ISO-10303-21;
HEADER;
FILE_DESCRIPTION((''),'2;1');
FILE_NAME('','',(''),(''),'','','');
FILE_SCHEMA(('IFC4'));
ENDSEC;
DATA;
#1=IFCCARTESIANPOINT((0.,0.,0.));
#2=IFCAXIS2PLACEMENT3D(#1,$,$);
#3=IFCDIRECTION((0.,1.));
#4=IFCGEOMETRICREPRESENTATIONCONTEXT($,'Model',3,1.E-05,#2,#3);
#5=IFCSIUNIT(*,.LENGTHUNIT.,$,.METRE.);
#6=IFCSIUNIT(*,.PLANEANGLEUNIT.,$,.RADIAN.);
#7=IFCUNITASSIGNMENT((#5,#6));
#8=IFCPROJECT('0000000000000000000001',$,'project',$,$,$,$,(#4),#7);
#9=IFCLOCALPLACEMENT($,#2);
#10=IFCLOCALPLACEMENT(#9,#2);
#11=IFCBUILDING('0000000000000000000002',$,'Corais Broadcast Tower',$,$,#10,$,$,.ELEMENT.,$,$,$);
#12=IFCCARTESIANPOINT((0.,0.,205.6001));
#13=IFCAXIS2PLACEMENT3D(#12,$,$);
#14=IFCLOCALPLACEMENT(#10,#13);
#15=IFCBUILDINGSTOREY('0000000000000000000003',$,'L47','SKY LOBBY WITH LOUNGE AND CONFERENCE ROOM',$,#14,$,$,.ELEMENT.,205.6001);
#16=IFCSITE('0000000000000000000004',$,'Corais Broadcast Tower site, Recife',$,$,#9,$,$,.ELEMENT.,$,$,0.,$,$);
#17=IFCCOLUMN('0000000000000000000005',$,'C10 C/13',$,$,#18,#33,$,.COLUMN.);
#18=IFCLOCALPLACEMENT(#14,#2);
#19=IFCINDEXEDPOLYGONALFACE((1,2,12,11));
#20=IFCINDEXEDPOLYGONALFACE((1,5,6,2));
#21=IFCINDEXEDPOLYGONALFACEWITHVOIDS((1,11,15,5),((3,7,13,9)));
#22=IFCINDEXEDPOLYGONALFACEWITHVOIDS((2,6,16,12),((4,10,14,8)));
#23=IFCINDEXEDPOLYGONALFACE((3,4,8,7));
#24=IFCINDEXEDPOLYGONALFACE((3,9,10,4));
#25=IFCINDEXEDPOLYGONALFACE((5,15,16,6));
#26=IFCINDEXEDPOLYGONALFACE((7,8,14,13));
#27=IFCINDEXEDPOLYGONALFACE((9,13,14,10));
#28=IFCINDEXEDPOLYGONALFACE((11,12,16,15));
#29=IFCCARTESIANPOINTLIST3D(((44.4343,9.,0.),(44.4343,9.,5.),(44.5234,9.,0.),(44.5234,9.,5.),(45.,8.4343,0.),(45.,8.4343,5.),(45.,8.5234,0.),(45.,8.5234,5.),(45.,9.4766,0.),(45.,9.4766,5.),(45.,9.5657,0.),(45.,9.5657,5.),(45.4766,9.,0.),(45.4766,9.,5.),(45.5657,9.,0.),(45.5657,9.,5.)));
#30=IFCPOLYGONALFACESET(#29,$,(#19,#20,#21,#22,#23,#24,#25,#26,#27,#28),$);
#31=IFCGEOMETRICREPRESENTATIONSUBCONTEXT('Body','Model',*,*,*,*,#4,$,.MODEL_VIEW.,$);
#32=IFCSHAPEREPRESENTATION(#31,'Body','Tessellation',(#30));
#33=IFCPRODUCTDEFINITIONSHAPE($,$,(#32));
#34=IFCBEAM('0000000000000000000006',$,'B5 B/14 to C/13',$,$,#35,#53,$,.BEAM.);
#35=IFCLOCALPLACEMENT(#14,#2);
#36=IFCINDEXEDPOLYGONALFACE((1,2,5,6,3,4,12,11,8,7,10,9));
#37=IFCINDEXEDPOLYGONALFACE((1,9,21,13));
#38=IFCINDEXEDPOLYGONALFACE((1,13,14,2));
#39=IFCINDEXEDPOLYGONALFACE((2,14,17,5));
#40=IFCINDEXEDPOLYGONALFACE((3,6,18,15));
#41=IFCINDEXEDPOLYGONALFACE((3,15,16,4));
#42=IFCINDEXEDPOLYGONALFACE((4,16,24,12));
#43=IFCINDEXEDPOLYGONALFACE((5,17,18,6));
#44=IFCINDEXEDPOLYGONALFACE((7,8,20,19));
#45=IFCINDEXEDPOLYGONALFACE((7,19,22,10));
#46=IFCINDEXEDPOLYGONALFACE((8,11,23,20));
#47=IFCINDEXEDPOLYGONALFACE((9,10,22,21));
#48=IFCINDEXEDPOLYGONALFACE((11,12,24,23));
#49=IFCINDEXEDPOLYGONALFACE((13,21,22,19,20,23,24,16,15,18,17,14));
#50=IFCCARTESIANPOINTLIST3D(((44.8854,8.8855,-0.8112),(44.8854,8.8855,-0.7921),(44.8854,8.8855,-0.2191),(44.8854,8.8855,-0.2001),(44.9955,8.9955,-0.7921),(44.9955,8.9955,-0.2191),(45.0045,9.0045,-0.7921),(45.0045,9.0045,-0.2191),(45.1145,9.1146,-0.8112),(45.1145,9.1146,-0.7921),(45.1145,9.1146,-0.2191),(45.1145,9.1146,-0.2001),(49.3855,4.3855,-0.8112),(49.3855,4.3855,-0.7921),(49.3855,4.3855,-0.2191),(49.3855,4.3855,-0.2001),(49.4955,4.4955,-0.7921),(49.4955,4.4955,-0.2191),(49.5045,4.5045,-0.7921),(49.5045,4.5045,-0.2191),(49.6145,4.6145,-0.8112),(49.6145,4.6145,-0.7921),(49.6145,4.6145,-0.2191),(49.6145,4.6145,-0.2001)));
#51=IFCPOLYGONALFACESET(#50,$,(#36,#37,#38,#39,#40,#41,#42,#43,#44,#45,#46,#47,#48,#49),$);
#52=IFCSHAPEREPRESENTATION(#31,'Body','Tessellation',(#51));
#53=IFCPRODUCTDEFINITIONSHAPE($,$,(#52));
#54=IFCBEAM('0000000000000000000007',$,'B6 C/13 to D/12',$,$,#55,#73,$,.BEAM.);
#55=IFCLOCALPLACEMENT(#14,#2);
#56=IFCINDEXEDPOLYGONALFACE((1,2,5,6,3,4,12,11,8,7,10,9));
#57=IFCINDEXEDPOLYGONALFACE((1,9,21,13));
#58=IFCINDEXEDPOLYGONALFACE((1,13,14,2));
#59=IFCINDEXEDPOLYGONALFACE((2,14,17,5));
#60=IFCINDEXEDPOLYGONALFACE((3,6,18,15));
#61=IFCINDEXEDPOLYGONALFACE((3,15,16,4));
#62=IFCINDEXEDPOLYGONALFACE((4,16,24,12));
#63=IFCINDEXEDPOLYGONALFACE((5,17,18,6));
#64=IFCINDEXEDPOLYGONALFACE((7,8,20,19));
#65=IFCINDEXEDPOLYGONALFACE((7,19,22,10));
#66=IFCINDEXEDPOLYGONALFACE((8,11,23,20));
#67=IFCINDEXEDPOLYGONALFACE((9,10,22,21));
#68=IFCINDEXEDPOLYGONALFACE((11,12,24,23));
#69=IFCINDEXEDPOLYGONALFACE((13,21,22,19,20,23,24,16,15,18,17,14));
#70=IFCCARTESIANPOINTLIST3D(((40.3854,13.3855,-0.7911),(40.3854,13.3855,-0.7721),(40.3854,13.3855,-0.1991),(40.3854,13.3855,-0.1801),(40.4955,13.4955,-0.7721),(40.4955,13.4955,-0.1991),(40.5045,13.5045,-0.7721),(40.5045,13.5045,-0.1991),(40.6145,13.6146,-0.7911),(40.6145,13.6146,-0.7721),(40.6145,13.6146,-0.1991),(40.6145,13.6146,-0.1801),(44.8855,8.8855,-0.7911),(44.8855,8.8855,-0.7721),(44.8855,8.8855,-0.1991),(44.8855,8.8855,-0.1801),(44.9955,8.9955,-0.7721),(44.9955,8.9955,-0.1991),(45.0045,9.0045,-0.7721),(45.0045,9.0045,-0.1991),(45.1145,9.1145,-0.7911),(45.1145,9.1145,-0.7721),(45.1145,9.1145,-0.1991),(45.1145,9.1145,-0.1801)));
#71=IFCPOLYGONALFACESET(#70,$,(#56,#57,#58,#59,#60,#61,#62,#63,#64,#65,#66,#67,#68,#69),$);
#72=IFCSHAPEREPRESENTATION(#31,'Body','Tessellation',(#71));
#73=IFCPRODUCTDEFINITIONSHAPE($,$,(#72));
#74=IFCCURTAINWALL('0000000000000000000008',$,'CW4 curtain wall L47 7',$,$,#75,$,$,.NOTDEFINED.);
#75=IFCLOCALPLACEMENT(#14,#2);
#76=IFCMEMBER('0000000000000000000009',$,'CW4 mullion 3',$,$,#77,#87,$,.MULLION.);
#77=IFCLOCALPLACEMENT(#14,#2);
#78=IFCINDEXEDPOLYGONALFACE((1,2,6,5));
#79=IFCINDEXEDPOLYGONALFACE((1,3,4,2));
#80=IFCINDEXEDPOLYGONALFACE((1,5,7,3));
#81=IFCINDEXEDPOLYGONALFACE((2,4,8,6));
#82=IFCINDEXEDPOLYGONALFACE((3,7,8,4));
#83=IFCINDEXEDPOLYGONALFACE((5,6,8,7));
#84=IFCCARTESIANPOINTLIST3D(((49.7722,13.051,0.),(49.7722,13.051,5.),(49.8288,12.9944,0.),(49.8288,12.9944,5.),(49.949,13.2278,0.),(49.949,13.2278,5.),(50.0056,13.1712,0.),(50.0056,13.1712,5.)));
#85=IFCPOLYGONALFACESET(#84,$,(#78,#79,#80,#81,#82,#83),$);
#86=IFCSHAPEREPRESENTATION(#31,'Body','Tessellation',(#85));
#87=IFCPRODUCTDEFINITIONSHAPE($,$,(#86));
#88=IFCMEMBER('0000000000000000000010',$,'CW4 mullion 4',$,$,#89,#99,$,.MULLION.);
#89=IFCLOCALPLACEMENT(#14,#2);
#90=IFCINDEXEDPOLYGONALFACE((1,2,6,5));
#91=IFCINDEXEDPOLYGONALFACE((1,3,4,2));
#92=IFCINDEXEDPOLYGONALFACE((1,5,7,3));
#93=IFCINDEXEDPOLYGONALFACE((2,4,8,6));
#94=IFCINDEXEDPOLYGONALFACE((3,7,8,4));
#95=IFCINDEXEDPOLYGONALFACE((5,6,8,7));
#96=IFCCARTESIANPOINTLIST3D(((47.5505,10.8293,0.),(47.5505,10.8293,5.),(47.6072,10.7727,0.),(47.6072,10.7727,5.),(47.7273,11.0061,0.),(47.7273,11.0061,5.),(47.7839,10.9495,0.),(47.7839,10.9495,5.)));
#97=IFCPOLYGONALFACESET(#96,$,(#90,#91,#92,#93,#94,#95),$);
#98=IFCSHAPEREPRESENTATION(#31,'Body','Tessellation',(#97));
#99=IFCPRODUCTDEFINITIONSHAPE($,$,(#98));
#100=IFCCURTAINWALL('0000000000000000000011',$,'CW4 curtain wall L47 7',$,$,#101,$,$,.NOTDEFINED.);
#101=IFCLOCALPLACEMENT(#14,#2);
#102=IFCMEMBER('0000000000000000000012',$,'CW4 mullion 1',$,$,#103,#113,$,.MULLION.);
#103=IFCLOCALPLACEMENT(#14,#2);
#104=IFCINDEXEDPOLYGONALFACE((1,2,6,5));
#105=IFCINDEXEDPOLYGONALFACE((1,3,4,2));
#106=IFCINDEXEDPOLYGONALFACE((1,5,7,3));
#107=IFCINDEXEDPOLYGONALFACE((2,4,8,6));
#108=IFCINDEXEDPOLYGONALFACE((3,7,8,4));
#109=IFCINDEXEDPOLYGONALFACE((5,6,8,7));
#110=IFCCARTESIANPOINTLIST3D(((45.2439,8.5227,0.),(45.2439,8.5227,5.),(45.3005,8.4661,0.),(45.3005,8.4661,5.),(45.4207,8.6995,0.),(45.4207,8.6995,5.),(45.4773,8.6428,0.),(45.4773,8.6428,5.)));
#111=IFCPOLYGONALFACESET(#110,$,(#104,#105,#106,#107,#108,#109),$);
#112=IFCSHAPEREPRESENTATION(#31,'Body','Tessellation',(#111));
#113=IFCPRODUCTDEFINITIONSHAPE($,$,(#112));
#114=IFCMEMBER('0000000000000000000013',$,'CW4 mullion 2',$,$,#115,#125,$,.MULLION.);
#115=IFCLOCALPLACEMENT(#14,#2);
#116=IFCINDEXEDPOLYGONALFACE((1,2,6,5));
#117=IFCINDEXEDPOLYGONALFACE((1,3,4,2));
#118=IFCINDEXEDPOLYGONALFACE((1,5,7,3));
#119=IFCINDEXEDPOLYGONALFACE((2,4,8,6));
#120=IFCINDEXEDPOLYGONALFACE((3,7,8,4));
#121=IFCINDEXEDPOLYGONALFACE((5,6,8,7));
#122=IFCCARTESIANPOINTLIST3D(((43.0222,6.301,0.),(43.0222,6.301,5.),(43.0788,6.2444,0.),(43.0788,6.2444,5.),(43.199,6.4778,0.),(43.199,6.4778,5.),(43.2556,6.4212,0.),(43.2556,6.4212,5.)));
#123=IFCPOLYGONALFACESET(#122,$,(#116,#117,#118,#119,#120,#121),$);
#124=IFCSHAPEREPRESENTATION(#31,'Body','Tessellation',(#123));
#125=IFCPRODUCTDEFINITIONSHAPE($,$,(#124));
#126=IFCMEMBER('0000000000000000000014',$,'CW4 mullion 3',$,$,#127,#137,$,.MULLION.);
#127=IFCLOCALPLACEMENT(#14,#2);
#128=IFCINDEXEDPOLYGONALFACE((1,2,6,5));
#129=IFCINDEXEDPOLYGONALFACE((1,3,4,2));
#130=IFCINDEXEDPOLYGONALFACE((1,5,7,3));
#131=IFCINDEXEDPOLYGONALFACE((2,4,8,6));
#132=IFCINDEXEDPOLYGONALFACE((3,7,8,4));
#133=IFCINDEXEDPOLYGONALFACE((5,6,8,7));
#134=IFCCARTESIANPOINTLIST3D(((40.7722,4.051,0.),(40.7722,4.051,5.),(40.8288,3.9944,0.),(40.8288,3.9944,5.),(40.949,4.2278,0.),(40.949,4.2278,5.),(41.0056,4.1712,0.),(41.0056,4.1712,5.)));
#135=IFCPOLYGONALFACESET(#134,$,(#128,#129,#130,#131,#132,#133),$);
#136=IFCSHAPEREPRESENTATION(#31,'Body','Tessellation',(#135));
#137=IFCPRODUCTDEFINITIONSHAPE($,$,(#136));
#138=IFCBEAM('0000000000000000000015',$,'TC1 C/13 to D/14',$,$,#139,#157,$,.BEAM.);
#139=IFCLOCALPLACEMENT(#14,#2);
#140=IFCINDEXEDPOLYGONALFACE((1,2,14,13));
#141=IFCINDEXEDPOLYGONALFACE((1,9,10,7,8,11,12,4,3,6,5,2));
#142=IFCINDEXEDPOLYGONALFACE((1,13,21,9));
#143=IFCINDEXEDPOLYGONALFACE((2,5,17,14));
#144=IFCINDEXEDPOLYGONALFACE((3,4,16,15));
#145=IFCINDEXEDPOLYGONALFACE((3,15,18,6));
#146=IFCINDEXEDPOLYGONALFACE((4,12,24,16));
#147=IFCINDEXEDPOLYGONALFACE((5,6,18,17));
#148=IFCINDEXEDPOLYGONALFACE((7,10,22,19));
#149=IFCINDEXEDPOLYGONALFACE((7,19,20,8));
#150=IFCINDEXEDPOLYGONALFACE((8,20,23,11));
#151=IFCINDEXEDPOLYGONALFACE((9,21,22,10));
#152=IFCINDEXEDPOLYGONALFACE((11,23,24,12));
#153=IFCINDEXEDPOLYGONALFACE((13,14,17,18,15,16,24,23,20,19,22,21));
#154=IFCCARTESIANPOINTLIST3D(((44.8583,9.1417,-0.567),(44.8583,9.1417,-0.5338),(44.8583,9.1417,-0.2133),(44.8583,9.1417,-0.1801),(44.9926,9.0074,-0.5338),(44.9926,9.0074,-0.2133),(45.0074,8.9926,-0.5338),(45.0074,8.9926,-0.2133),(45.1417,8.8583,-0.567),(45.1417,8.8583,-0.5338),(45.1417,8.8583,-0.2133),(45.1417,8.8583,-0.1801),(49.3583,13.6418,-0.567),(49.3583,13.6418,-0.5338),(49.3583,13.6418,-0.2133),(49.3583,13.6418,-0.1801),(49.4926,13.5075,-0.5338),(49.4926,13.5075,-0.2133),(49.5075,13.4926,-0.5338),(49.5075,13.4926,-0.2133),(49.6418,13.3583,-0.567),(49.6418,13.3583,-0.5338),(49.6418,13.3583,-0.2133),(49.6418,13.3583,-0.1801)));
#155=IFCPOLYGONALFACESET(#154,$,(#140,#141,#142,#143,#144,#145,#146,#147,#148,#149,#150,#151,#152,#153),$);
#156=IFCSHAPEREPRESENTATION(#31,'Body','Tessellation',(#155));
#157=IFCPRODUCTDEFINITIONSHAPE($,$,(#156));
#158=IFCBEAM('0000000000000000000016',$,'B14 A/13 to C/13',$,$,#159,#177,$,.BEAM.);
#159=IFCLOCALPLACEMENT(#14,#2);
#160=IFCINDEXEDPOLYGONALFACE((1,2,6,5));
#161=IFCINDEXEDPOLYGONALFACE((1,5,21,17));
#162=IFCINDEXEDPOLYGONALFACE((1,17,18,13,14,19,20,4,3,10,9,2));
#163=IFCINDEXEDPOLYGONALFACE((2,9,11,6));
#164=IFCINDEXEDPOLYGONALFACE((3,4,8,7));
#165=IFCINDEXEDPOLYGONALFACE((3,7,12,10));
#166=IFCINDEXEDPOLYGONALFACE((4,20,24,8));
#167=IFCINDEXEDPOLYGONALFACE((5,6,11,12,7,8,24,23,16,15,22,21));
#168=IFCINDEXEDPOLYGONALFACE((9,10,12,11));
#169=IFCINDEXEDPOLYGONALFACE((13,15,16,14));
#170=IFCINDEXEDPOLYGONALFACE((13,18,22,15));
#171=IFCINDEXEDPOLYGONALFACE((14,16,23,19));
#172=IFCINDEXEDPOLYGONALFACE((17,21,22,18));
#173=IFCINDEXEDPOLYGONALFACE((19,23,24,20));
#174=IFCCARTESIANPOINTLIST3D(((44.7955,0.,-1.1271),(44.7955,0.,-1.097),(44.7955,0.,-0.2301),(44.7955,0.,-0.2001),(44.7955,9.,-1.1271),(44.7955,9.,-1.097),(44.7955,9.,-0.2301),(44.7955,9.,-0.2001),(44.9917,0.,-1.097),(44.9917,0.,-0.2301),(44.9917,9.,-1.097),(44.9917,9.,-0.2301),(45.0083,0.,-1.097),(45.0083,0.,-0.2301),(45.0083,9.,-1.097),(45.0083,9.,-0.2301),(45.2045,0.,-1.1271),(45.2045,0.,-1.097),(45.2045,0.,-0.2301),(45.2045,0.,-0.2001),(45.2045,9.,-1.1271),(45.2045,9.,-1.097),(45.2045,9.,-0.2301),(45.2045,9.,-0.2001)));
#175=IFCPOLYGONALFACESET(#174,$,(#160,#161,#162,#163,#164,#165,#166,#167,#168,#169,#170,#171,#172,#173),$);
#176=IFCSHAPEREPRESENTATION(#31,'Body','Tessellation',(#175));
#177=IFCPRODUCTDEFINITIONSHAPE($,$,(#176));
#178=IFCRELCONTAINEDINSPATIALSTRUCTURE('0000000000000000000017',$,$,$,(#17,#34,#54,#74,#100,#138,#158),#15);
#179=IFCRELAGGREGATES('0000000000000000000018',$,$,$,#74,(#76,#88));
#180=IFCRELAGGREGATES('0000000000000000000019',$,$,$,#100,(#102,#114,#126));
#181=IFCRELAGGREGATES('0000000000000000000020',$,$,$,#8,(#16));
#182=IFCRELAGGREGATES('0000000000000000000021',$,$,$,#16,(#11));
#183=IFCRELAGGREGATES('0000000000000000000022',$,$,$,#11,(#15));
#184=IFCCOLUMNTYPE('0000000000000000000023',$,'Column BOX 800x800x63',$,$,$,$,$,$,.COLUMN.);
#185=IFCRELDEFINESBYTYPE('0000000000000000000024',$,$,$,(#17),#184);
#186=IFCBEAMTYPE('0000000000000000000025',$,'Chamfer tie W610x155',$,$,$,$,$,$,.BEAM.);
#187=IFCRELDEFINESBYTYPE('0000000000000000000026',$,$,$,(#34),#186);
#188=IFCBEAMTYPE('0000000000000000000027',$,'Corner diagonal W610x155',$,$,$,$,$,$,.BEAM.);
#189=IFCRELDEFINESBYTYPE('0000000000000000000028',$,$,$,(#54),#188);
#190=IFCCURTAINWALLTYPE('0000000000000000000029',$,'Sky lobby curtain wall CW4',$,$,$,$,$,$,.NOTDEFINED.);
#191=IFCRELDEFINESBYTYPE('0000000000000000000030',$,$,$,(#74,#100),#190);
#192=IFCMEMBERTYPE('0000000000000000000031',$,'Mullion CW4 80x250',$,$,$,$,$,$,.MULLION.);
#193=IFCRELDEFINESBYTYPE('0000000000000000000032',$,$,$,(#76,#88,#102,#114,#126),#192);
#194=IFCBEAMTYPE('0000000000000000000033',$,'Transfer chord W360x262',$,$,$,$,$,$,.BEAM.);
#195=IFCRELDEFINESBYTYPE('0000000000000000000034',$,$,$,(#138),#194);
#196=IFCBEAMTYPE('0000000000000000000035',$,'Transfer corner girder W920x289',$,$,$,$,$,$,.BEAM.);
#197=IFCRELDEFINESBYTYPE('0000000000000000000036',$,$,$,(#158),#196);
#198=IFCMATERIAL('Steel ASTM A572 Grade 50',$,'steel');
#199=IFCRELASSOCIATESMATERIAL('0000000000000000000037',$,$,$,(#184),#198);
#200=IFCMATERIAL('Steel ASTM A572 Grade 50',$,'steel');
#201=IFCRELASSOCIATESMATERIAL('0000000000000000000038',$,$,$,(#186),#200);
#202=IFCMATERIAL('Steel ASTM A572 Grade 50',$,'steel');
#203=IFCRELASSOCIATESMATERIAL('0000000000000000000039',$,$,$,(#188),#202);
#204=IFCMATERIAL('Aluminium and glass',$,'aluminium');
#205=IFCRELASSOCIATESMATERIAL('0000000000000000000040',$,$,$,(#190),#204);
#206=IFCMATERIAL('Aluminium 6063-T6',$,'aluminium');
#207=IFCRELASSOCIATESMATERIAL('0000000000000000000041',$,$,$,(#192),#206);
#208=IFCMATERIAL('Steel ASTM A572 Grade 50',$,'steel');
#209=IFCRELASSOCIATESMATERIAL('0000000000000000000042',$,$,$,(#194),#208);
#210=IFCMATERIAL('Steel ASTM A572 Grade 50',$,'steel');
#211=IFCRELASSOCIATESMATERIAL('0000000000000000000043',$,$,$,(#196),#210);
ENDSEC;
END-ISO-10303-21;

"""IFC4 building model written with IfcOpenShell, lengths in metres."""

from ifc_helpers import new_model, si_unit, direction, frame, origin, origin_2d, place, context, subcontext, project, spatial, rectangle, hollow_rectangle, i_section, extrude, material, material_profile, profile_set, type_object, element, aggregate, save


model = new_model("IFC4")

# Units and contexts
model_context = context("Model", 3, precision=1e-05, world=origin(), true_north=direction((0.0, 1.0)))
body_context = subcontext(model_context, "Body", "Model", "MODEL_VIEW")
ifc_project = project(units=[si_unit("LENGTHUNIT", "METRE"), si_unit("PLANEANGLEUNIT", "RADIAN")], contexts=[model_context])

# Site, building, storey
site_placement = place(None, origin())
site = spatial("IfcSite", under=ifc_project, at=site_placement, Name="Corais Broadcast Tower site, Recife", CompositionType="ELEMENT", RefElevation=0.0)
building_placement = place(site_placement, origin())
building = spatial("IfcBuilding", under=site, at=building_placement, Name="Corais Broadcast Tower", CompositionType="ELEMENT")
storey_placement = place(building_placement, frame((0.0, 0.0, 205.6001)))
storey = spatial("IfcBuildingStorey", under=building, at=storey_placement, Name="L47", Description="SKY LOBBY WITH LOUNGE AND CONFERENCE ROOM", CompositionType="ELEMENT", Elevation=205.6001)

# Column
ifc_material_1 = material(Name="Steel ASTM A572 Grade 50", Category="steel")
ifc_material_profile_1 = material_profile(ifc_material_1, hollow_rectangle(XDim=0.8, YDim=0.8, WallThickness=0.063, at=origin_2d()), Name="BOX 800x800x63")
ifc_profile_set_1 = profile_set([ifc_material_profile_1], Name="Steel ASTM A572 Grade 50")
column_type = type_object("IfcColumnType", Name="Column BOX 800x800x63", PredefinedType="COLUMN", material=ifc_profile_set_1)
column_placement = place(storey_placement, frame((45.0, 9.0, 0.0), z_axis=(0.0, 0.0, 1.0), x_axis=(0.707107, 0.707107, 0.0)))
element("IfcColumn", 1, at=column_placement, inside=storey, type_object=column_type, Name="C10 C/13", PredefinedType="COLUMN", context=body_context, shape_type="SweptSolid", body=[
    extrude(hollow_rectangle(XDim=0.8, YDim=0.8, WallThickness=0.063, at=origin_2d()), origin(), (0.0, 0.0, 1.0), 5.0),
])

# Beams
ifc_material_2 = material(Name="Steel ASTM A572 Grade 50", Category="steel")
ifc_material_profile_2 = material_profile(ifc_material_2, i_section(OverallWidth=0.324, OverallDepth=0.6111, WebThickness=0.0127, FlangeThickness=0.019, at=origin_2d()), Name="W610x155")
ifc_profile_set_2 = profile_set([ifc_material_profile_2], Name="Steel ASTM A572 Grade 50")
beam_type_1 = type_object("IfcBeamType", Name="Chamfer tie W610x155", PredefinedType="BEAM", material=ifc_profile_set_2)
beam_1_placement = place(storey_placement, frame((49.5, 4.5, -0.5056), z_axis=(-0.707107, 0.707107, 0.0), x_axis=(-0.707107, -0.707107, 0.0)))
element("IfcBeam", 2, at=beam_1_placement, inside=storey, type_object=beam_type_1, Name="B5 B/14 to C/13", PredefinedType="BEAM", context=body_context, shape_type="SweptSolid", body=[
    extrude(i_section(OverallWidth=0.324, OverallDepth=0.6111, WebThickness=0.0127, FlangeThickness=0.019, at=origin_2d()), origin(), (0.0, 0.0, 1.0), 6.364),
])
ifc_material_3 = material(Name="Steel ASTM A572 Grade 50", Category="steel")
ifc_material_profile_3 = material_profile(ifc_material_3, i_section(OverallWidth=0.324, OverallDepth=0.6111, WebThickness=0.0127, FlangeThickness=0.019, at=origin_2d()), Name="W610x155")
ifc_profile_set_3 = profile_set([ifc_material_profile_3], Name="Steel ASTM A572 Grade 50")
beam_type_2 = type_object("IfcBeamType", Name="Corner diagonal W610x155", PredefinedType="BEAM", material=ifc_profile_set_3)
beam_2_placement = place(storey_placement, frame((45.0, 9.0, -0.4856), z_axis=(-0.707107, 0.707107, 0.0), x_axis=(-0.707107, -0.707107, 0.0)))
element("IfcBeam", 3, at=beam_2_placement, inside=storey, type_object=beam_type_2, Name="B6 C/13 to D/12", PredefinedType="BEAM", context=body_context, shape_type="SweptSolid", body=[
    extrude(i_section(OverallWidth=0.324, OverallDepth=0.6111, WebThickness=0.0127, FlangeThickness=0.019, at=origin_2d()), origin(), (0.0, 0.0, 1.0), 6.364),
])

# Curtain walls, members
ifc_material_4 = material(Name="Aluminium and glass", Category="aluminium")
curtain_wall_type = type_object("IfcCurtainWallType", Name="Sky lobby curtain wall CW4", PredefinedType="NOTDEFINED", material=ifc_material_4)
curtain_wall_1_placement = place(storey_placement, origin())
curtain_wall_1 = element("IfcCurtainWall", 4, at=curtain_wall_1_placement, inside=storey, type_object=curtain_wall_type, Name="CW4 curtain wall L47 7", PredefinedType="NOTDEFINED")
ifc_material_5 = material(Name="Aluminium 6063-T6", Category="aluminium")
ifc_material_profile_4 = material_profile(ifc_material_5, rectangle(XDim=0.0801, YDim=0.25, at=origin_2d()), Name="Mullion CW4 80x250")
ifc_profile_set_4 = profile_set([ifc_material_profile_4], Name="Aluminium 6063-T6")
member_type_1 = type_object("IfcMemberType", Name="Mullion CW4 80x250", PredefinedType="MULLION", material=ifc_profile_set_4)
member_1_placement = place(storey_placement, frame((49.8889, 13.1111, 0.0), z_axis=(0.0, 0.0, 1.0), x_axis=(0.707107, -0.707107, 0.0)))
member_1 = element("IfcMember", 5, at=member_1_placement, type_object=member_type_1, Name="CW4 mullion 3", PredefinedType="MULLION", context=body_context, shape_type="SweptSolid", body=[
    extrude(rectangle(XDim=0.0801, YDim=0.25, at=origin_2d()), origin(), (0.0, 0.0, 1.0), 5.0),
])
member_2_placement = place(storey_placement, frame((47.6672, 10.8894, 0.0), z_axis=(0.0, 0.0, 1.0), x_axis=(0.707107, -0.707107, 0.0)))
member_2 = element("IfcMember", 6, at=member_2_placement, type_object=member_type_1, Name="CW4 mullion 4", PredefinedType="MULLION", context=body_context, shape_type="SweptSolid", body=[
    extrude(rectangle(XDim=0.0801, YDim=0.25, at=origin_2d()), origin(), (0.0, 0.0, 1.0), 5.0),
])
curtain_wall_2_placement = place(storey_placement, origin())
curtain_wall_2 = element("IfcCurtainWall", 7, at=curtain_wall_2_placement, inside=storey, type_object=curtain_wall_type, Name="CW4 curtain wall L47 7", PredefinedType="NOTDEFINED")
member_3_placement = place(storey_placement, frame((45.3606, 8.5828, 0.0), z_axis=(0.0, 0.0, 1.0), x_axis=(0.707107, -0.707107, 0.0)))
member_3 = element("IfcMember", 8, at=member_3_placement, type_object=member_type_1, Name="CW4 mullion 1", PredefinedType="MULLION", context=body_context, shape_type="SweptSolid", body=[
    extrude(rectangle(XDim=0.0801, YDim=0.25, at=origin_2d()), origin(), (0.0, 0.0, 1.0), 5.0),
])
member_4_placement = place(storey_placement, frame((43.1389, 6.3611, 0.0), z_axis=(0.0, 0.0, 1.0), x_axis=(0.707107, -0.707107, 0.0)))
member_4 = element("IfcMember", 9, at=member_4_placement, type_object=member_type_1, Name="CW4 mullion 2", PredefinedType="MULLION", context=body_context, shape_type="SweptSolid", body=[
    extrude(rectangle(XDim=0.0801, YDim=0.25, at=origin_2d()), origin(), (0.0, 0.0, 1.0), 5.0),
])
member_5_placement = place(storey_placement, frame((40.8889, 4.1111, 0.0), z_axis=(0.0, 0.0, 1.0), x_axis=(0.707107, -0.707107, 0.0)))
member_5 = element("IfcMember", 10, at=member_5_placement, type_object=member_type_1, Name="CW4 mullion 3", PredefinedType="MULLION", context=body_context, shape_type="SweptSolid", body=[
    extrude(rectangle(XDim=0.0801, YDim=0.25, at=origin_2d()), origin(), (0.0, 0.0, 1.0), 5.0),
])

# Beams
ifc_material_6 = material(Name="Steel ASTM A572 Grade 50", Category="steel")
ifc_material_profile_5 = material_profile(ifc_material_6, i_section(OverallWidth=0.4009, OverallDepth=0.387, WebThickness=0.021, FlangeThickness=0.0332, at=origin_2d()), Name="W360x262")
ifc_profile_set_5 = profile_set([ifc_material_profile_5], Name="Steel ASTM A572 Grade 50")
beam_type_3 = type_object("IfcBeamType", Name="Transfer chord W360x262", PredefinedType="BEAM", material=ifc_profile_set_5)
beam_3_placement = place(storey_placement, frame((45.0, 9.0, -0.3735), z_axis=(0.707107, 0.707107, 0.0), x_axis=(-0.707107, 0.707107, 0.0)))
element("IfcBeam", 11, at=beam_3_placement, inside=storey, type_object=beam_type_3, Name="TC1 C/13 to D/14", PredefinedType="BEAM", context=body_context, shape_type="SweptSolid", body=[
    extrude(i_section(OverallWidth=0.4009, OverallDepth=0.387, WebThickness=0.021, FlangeThickness=0.0332, at=origin_2d()), origin(), (0.0, 0.0, 1.0), 6.364),
])
ifc_material_7 = material(Name="Steel ASTM A572 Grade 50", Category="steel")
ifc_material_profile_6 = material_profile(ifc_material_7, i_section(OverallWidth=0.4089, OverallDepth=0.927, WebThickness=0.0166, FlangeThickness=0.03, at=origin_2d()), Name="W920x289")
ifc_profile_set_6 = profile_set([ifc_material_profile_6], Name="Steel ASTM A572 Grade 50")
beam_type_4 = type_object("IfcBeamType", Name="Transfer corner girder W920x289", PredefinedType="BEAM", material=ifc_profile_set_6)
for number, where, z_axis, x_axis, name in (
    (12, (45.0, 0.0, -0.6636), (0.0, 1.0, 0.0), (-1.0, 0.0, 0.0), "B14 A/13 to C/13"),
):
    element("IfcBeam", number, at=place(storey_placement, frame(where, z_axis=z_axis, x_axis=x_axis)), inside=storey, type_object=beam_type_4, Name=name, PredefinedType="BEAM", context=body_context, shape_type="SweptSolid", body=[
        extrude(i_section(OverallWidth=0.4089, OverallDepth=0.927, WebThickness=0.0166, FlangeThickness=0.03, at=origin_2d()), origin(), (0.0, 0.0, 1.0), 9.0),
    ])

aggregate(curtain_wall_1, [member_1, member_2])
aggregate(curtain_wall_2, [member_3, member_4, member_5])

save(model, "model.ifc")
